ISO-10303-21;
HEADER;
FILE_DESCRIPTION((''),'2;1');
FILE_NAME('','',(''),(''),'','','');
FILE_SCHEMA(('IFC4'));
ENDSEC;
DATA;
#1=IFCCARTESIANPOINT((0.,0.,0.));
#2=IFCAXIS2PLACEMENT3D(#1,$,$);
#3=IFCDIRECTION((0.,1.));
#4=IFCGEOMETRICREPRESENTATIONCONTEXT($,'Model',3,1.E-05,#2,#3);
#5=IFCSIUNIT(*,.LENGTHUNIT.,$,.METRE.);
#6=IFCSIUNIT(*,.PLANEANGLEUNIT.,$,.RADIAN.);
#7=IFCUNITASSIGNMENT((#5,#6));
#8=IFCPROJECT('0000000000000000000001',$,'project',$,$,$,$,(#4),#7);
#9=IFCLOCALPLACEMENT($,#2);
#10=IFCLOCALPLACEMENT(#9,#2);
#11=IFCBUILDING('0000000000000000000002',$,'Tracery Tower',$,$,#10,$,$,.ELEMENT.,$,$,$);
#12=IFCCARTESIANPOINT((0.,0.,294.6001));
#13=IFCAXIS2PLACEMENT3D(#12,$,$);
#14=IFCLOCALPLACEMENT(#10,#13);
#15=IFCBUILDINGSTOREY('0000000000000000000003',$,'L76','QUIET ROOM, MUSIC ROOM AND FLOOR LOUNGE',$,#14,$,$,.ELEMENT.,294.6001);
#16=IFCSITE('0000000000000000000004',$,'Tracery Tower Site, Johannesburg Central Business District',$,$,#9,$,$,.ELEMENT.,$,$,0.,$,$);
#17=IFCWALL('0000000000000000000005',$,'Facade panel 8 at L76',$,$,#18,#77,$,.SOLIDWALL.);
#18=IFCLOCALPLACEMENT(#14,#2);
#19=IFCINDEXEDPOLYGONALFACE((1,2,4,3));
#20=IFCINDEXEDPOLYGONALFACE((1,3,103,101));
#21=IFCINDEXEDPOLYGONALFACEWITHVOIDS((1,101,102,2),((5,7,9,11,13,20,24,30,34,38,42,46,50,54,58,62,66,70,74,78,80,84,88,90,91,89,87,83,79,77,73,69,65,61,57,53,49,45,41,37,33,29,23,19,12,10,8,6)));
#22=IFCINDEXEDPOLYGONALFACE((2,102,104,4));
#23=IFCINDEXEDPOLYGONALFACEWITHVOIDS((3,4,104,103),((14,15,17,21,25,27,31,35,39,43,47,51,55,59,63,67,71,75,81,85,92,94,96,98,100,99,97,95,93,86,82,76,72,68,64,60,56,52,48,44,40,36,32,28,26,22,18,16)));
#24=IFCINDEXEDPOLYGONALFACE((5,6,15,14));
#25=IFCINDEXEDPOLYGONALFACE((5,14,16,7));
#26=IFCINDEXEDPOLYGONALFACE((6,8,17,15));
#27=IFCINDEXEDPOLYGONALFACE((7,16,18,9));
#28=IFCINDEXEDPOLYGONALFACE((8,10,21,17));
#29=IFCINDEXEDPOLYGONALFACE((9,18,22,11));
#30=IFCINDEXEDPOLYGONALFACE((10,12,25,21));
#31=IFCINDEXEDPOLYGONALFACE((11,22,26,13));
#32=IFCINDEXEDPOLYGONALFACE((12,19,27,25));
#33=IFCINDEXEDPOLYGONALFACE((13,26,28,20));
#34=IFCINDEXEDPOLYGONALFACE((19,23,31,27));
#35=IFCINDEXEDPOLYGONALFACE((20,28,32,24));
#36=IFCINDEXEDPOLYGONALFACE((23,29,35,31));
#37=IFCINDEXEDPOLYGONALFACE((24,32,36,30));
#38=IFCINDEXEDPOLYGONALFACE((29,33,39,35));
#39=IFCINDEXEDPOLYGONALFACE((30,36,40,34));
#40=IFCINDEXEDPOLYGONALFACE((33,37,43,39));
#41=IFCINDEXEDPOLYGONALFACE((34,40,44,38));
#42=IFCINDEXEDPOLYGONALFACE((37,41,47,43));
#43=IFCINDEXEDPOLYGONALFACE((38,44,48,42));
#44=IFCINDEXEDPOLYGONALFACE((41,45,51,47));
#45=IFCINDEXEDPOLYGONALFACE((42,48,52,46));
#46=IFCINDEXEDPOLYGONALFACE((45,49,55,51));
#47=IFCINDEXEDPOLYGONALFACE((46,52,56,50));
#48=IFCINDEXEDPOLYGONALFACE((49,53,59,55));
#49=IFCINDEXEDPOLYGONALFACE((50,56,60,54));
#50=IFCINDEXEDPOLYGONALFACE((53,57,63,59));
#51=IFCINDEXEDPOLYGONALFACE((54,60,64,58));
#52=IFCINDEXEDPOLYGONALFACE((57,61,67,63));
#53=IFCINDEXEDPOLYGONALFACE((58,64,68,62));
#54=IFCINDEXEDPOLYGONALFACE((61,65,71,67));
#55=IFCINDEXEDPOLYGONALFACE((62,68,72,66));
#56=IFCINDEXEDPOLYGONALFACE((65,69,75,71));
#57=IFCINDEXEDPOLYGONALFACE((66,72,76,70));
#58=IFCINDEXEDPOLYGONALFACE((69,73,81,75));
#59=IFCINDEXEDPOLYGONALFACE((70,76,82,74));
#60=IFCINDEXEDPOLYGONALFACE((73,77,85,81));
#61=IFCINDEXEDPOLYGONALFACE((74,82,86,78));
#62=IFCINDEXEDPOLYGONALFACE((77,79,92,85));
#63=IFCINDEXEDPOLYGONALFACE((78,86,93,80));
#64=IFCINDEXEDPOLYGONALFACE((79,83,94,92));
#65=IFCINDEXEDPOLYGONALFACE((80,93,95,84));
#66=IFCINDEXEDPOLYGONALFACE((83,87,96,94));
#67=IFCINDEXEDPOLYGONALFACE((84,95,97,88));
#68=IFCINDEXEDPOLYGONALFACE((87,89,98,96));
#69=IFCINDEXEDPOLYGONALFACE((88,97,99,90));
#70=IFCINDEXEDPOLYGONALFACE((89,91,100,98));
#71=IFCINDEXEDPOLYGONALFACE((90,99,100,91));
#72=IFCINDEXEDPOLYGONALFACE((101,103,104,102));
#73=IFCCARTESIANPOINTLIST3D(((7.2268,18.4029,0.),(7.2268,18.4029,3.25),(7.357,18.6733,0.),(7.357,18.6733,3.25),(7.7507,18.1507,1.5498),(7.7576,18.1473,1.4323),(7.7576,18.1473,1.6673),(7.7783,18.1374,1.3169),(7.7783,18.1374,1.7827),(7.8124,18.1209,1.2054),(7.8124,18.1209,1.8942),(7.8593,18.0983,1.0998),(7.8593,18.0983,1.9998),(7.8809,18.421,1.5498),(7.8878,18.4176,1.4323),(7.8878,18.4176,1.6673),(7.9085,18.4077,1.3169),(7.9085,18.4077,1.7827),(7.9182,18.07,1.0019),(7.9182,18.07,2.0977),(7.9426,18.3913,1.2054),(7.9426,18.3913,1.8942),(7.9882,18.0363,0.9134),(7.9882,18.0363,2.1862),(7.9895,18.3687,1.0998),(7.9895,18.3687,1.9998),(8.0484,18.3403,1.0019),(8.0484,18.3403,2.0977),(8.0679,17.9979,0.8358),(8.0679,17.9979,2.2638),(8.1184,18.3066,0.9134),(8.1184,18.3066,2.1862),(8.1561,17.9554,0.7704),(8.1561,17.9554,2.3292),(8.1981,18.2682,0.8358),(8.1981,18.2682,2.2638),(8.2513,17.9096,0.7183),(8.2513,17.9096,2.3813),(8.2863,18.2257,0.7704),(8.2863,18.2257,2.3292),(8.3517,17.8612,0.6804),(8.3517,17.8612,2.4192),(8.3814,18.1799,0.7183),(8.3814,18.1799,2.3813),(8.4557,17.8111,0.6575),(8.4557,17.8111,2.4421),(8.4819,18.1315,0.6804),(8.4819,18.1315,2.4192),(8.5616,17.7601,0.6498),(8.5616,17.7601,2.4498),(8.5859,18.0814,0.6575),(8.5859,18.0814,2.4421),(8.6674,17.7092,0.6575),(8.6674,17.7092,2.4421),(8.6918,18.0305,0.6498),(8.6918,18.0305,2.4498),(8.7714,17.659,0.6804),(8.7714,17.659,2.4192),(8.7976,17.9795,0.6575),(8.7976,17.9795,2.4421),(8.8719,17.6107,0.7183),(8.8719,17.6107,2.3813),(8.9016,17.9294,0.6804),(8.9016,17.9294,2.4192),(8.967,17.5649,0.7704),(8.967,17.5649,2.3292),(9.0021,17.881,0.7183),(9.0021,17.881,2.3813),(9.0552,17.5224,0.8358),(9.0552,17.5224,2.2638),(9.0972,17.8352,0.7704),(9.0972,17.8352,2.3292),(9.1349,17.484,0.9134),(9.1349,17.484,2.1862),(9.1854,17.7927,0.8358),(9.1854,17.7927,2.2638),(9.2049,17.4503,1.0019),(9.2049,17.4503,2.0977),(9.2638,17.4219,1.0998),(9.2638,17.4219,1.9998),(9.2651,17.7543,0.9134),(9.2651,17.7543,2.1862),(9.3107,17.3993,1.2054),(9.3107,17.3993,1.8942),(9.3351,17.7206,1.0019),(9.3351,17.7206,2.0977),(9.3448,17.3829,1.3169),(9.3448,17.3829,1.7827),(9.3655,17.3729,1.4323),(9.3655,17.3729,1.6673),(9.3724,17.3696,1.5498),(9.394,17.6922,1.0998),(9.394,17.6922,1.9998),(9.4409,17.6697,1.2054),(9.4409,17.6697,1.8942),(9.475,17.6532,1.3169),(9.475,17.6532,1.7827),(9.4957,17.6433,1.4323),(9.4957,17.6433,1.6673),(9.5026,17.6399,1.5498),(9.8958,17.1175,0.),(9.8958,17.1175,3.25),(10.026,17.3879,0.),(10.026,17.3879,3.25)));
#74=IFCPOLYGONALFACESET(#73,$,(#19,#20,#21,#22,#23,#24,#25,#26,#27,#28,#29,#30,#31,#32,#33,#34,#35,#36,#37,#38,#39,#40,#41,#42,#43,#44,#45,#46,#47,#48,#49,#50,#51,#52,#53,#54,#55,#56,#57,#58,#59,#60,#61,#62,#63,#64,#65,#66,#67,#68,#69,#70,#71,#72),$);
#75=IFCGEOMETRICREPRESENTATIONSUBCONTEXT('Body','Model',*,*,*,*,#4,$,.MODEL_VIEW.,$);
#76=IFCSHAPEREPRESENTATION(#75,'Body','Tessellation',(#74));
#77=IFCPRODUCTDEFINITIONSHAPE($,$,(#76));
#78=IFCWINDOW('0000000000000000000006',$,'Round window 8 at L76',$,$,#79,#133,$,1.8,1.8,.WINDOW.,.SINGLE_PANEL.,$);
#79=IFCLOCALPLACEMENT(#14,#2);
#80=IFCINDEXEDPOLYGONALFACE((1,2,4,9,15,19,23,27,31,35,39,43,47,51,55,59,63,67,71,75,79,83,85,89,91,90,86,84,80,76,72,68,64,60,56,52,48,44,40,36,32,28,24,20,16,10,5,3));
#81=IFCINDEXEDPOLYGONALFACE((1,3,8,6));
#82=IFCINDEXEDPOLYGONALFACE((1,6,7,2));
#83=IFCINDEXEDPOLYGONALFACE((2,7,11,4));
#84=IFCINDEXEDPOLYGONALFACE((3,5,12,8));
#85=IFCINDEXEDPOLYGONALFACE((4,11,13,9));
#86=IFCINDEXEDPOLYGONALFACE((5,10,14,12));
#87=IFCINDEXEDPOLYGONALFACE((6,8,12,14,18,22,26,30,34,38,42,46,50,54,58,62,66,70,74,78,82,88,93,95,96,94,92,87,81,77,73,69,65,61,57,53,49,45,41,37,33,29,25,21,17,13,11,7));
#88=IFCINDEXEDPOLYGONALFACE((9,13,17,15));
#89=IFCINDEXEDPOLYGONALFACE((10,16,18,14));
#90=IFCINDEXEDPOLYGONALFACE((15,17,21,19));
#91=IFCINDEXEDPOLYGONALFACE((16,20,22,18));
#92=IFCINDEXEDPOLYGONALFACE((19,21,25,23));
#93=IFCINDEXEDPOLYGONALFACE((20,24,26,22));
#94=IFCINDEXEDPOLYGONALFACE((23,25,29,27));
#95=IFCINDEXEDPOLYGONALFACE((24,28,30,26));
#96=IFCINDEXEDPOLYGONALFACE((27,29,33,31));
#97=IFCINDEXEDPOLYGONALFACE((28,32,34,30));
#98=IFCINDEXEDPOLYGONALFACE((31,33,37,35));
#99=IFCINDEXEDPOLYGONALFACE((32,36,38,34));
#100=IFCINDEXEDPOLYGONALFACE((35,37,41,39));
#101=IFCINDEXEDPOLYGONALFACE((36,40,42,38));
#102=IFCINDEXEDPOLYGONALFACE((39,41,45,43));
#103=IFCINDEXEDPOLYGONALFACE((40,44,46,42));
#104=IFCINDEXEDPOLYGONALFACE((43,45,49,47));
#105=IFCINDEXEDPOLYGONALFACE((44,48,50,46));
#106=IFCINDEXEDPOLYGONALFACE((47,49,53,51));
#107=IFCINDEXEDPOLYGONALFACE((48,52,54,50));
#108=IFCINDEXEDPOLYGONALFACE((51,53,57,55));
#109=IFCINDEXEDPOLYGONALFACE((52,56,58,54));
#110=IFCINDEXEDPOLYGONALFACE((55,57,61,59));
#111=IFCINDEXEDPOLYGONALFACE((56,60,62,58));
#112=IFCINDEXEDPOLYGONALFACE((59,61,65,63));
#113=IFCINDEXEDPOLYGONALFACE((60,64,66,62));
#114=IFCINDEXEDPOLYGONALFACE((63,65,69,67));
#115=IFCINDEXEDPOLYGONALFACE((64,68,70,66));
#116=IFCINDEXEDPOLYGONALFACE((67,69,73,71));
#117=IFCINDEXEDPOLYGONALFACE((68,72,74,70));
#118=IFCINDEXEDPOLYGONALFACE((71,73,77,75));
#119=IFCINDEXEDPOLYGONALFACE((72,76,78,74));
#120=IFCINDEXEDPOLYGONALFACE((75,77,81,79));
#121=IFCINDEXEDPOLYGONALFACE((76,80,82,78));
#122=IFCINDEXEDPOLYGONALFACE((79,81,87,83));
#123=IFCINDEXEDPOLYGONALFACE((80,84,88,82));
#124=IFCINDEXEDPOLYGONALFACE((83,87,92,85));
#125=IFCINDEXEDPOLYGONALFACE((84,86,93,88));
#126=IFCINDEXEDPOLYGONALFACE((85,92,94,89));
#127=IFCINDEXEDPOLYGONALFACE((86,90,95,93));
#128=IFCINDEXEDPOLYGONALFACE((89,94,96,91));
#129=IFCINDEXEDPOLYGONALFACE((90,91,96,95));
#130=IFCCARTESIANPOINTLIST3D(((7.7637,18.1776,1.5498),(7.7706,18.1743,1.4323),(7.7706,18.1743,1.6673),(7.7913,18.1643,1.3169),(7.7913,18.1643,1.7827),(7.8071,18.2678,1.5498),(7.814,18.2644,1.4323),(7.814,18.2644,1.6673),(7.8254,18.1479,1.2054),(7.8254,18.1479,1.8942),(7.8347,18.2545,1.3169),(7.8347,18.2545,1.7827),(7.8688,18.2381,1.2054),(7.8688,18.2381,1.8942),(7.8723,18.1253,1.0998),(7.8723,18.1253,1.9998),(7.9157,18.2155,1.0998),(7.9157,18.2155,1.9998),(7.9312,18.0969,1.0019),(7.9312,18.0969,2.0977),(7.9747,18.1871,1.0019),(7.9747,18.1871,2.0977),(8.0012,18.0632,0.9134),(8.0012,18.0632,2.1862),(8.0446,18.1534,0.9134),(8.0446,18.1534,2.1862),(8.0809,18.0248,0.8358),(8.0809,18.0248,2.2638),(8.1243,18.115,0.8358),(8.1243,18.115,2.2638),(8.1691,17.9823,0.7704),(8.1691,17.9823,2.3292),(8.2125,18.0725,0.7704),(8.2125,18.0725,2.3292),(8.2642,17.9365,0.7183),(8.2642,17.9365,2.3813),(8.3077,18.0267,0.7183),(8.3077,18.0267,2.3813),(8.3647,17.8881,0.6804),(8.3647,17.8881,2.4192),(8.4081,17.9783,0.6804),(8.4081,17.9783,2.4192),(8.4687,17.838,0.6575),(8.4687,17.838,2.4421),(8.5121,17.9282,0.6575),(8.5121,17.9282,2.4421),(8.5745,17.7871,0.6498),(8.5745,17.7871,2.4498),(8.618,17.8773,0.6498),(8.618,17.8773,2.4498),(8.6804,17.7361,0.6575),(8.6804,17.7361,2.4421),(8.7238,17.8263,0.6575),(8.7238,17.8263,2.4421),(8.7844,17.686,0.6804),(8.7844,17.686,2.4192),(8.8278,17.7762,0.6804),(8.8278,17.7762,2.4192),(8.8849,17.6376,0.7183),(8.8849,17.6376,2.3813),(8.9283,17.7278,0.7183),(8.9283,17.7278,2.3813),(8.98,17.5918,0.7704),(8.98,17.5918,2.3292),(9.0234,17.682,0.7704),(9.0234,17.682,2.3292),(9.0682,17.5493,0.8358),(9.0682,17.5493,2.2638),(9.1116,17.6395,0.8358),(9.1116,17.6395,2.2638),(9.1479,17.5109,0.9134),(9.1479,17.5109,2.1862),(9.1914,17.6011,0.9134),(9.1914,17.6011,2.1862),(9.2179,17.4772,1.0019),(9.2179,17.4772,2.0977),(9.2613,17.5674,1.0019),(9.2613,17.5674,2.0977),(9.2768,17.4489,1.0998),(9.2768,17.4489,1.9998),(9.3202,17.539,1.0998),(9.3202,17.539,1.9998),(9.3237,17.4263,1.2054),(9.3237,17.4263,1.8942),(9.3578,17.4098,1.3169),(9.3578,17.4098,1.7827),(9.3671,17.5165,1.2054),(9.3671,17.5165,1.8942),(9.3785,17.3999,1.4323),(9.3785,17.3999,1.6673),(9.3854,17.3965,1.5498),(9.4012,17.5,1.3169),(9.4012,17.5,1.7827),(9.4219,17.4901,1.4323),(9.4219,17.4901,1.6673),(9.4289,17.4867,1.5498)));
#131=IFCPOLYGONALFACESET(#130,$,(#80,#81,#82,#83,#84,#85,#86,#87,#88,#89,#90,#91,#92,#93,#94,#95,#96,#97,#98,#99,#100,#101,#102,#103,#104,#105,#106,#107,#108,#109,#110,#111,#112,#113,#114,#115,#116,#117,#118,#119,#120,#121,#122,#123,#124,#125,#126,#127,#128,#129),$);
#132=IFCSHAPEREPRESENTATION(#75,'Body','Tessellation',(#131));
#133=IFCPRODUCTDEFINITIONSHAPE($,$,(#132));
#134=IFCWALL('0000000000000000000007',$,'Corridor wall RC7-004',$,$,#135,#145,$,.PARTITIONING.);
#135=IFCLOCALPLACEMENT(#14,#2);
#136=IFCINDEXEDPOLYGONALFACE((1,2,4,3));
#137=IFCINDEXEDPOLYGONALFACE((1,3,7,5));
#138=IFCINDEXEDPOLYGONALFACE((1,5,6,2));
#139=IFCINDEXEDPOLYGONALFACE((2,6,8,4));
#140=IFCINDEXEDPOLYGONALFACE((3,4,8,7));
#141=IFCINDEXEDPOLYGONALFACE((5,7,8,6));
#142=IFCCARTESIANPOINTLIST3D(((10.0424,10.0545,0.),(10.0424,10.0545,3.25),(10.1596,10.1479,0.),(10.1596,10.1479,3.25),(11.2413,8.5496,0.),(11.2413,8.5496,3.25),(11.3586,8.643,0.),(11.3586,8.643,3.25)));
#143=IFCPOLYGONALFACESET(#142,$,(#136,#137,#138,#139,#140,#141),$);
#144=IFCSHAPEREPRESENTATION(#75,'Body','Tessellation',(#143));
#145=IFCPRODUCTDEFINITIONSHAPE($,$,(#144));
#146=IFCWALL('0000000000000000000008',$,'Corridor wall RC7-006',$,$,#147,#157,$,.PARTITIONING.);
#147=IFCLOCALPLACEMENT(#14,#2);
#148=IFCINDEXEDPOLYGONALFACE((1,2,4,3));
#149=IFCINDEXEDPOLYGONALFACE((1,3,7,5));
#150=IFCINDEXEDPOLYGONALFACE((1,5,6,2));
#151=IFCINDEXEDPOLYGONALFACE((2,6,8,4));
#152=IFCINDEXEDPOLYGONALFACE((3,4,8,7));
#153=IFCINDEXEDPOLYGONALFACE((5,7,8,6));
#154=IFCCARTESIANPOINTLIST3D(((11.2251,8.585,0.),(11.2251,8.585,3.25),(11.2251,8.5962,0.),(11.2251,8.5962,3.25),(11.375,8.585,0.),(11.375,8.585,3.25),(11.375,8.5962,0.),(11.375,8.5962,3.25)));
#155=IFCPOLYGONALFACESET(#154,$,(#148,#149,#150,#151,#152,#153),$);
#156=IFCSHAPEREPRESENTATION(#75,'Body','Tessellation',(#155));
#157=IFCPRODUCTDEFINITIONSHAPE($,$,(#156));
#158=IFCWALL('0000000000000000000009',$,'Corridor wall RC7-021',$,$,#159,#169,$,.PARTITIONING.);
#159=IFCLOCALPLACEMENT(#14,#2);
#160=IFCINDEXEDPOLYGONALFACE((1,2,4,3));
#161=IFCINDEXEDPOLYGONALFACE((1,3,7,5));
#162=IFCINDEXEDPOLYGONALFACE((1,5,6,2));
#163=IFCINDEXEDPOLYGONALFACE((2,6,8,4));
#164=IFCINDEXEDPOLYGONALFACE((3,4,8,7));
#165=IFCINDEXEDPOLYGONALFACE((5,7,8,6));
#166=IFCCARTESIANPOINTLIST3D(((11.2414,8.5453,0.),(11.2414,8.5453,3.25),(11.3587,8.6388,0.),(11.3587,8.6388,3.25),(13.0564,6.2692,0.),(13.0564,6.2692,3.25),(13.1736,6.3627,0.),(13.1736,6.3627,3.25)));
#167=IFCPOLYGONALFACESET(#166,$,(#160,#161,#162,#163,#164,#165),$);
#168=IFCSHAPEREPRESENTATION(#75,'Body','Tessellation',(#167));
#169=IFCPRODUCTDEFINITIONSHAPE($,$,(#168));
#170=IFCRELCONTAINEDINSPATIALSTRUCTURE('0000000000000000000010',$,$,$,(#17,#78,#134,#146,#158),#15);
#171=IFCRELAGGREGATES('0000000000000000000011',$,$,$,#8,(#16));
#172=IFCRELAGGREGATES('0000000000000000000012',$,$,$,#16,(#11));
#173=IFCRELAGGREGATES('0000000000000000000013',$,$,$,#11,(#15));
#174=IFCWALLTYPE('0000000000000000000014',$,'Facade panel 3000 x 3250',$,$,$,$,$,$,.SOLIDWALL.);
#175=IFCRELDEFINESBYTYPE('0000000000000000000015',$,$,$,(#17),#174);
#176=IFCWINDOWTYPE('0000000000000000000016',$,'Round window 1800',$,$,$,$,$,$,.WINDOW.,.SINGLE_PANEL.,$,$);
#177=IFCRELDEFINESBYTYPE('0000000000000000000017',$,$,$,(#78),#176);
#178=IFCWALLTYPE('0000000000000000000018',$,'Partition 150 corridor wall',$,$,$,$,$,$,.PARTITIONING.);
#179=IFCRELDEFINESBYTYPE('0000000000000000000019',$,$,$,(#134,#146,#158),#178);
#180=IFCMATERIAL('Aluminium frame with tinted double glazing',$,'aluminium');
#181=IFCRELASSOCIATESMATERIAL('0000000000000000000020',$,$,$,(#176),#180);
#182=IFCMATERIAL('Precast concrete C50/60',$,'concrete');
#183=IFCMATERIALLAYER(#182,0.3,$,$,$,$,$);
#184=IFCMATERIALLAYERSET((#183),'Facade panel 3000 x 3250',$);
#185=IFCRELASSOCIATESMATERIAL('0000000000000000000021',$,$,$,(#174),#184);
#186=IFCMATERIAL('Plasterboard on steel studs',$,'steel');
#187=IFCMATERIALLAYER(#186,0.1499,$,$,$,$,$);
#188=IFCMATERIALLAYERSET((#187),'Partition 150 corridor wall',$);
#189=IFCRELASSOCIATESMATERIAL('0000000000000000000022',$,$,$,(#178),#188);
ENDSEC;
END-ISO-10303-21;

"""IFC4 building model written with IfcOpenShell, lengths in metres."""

from ifc_helpers import new_model, si_unit, direction, frame, frame_2d, origin, origin_2d, place, context, subcontext, project, spatial, rectangle, circle, extrude, material, layer, layer_set, type_object, element, fill, save


model = new_model("IFC4")

# Units and contexts
model_context = context("Model", 3, precision=1e-05, world=origin(), true_north=direction((0.0, 1.0)))
body_context = subcontext(model_context, "Body", "Model", "MODEL_VIEW")
ifc_project = project(units=[si_unit("LENGTHUNIT", "METRE"), si_unit("PLANEANGLEUNIT", "RADIAN")], contexts=[model_context])

# Site, building, storey
site_placement = place(None, origin())
site = spatial("IfcSite", under=ifc_project, at=site_placement, Name="Tracery Tower Site, Johannesburg Central Business District", CompositionType="ELEMENT", RefElevation=0.0)
building_placement = place(site_placement, origin())
building = spatial("IfcBuilding", under=site, at=building_placement, Name="Tracery Tower", CompositionType="ELEMENT")
storey_placement = place(building_placement, frame((0.0, 0.0, 294.6001)))
storey = spatial("IfcBuildingStorey", under=building, at=storey_placement, Name="L76", Description="QUIET ROOM, MUSIC ROOM AND FLOOR LOUNGE", CompositionType="ELEMENT", Elevation=294.6001)

# Wall, opening, window
ifc_material_1 = material(Name="Aluminium frame with tinted double glazing", Category="aluminium")
window_type = type_object("IfcWindowType", Name="Round window 1800", PartitioningType="SINGLE_PANEL", PredefinedType="WINDOW", material=ifc_material_1)
ifc_material_2 = material(Name="Precast concrete C50/60", Category="concrete")
ifc_layer_1 = layer(ifc_material_2, 0.3)
ifc_layer_set_1 = layer_set([ifc_layer_1], Name="Facade panel 3000 x 3250")
wall_type_1 = type_object("IfcWallType", Name="Facade panel 3000 x 3250", PredefinedType="SOLIDWALL", material=ifc_layer_set_1)
wall_1_placement = place(storey_placement, frame((9.9609, 17.2527, 0.0), z_axis=(0.0, 0.0, 1.0), x_axis=(-0.900955, 0.433912, 0.0)))
wall_1 = element("IfcWall", 1, at=wall_1_placement, inside=storey, type_object=wall_type_1, Name="Facade panel 8 at L76", PredefinedType="SOLIDWALL", context=body_context, shape_type="SweptSolid", body=[
    extrude(rectangle(XDim=2.9624, YDim=0.3, at=frame_2d((1.4812, 0.0))), origin(), (0.0, 0.0, 1.0), 3.25),
])
opening_1_placement = place(wall_1_placement, frame((1.481, 0.0, 1.5498)))
opening_1 = element("IfcOpeningElement", 2, at=opening_1_placement, cuts=wall_1, PredefinedType="OPENING", context=body_context, shape_type="SweptSolid", body=[
    extrude(circle(Radius=0.9, at=origin_2d()), frame((0.0, 0.1599, 0.0), z_axis=(0.0, -1.0, 0.0), x_axis=(1.0, 0.0, 0.0)), (0.0, 0.0, 1.0), 0.3201),
])
window_1_placement = place(opening_1_placement, origin())
window_1 = element("IfcWindow", 3, at=window_1_placement, inside=storey, type_object=window_type, Name="Round window 8 at L76", OverallHeight=1.8, OverallWidth=1.8, PartitioningType="SINGLE_PANEL", PredefinedType="WINDOW", context=body_context, shape_type="SweptSolid", body=[
    extrude(circle(Radius=0.9, at=origin_2d()), frame((0.0, 0.1201, 0.0), z_axis=(0.0, -1.0, 0.0), x_axis=(1.0, 0.0, 0.0)), (0.0, 0.0, 1.0), 0.1001),
])
fill(opening_1, window_1)

# Walls
ifc_material_3 = material(Name="Plasterboard on steel studs", Category="steel")
ifc_layer_2 = layer(ifc_material_3, 0.1499)
ifc_layer_set_2 = layer_set([ifc_layer_2], Name="Partition 150 corridor wall")
wall_type_2 = type_object("IfcWallType", Name="Partition 150 corridor wall", PredefinedType="PARTITIONING", material=ifc_layer_set_2)
wall_2_placement = place(storey_placement, frame((10.1011, 10.1011, 0.0), z_axis=(0.0, 0.0, 1.0), x_axis=(0.623131, -0.782118, 0.0)))
element("IfcWall", 4, at=wall_2_placement, inside=storey, type_object=wall_type_2, Name="Corridor wall RC7-004", PredefinedType="PARTITIONING", context=body_context, shape_type="SweptSolid", body=[
    extrude(rectangle(XDim=1.9241, YDim=0.1499, at=frame_2d((0.9619, 0.0))), origin(), (0.0, 0.0, 1.0), 3.25),
])
wall_3_placement = place(storey_placement, frame((11.3, 8.585, 0.0), z_axis=(0.0, 0.0, 1.0), x_axis=(0.0, 1.0, 0.0)))
element("IfcWall", 5, at=wall_3_placement, inside=storey, type_object=wall_type_2, Name="Corridor wall RC7-006", PredefinedType="PARTITIONING", context=body_context, shape_type="SweptSolid", body=[
    extrude(rectangle(XDim=0.0112, YDim=0.1499, at=frame_2d((0.0056, 0.0))), origin(), (0.0, 0.0, 1.0), 3.25),
])
wall_4_placement = place(storey_placement, frame((11.3, 8.592, 0.0), z_axis=(0.0, 0.0, 1.0), x_axis=(0.623447, -0.781866, 0.0)))
element("IfcWall", 6, at=wall_4_placement, inside=storey, type_object=wall_type_2, Name="Corridor wall RC7-021", PredefinedType="PARTITIONING", context=body_context, shape_type="SweptSolid", body=[
    extrude(rectangle(XDim=2.9111, YDim=0.1499, at=frame_2d((1.4556, 0.0))), origin(), (0.0, 0.0, 1.0), 3.25),
])

save(model, "model.ifc")
